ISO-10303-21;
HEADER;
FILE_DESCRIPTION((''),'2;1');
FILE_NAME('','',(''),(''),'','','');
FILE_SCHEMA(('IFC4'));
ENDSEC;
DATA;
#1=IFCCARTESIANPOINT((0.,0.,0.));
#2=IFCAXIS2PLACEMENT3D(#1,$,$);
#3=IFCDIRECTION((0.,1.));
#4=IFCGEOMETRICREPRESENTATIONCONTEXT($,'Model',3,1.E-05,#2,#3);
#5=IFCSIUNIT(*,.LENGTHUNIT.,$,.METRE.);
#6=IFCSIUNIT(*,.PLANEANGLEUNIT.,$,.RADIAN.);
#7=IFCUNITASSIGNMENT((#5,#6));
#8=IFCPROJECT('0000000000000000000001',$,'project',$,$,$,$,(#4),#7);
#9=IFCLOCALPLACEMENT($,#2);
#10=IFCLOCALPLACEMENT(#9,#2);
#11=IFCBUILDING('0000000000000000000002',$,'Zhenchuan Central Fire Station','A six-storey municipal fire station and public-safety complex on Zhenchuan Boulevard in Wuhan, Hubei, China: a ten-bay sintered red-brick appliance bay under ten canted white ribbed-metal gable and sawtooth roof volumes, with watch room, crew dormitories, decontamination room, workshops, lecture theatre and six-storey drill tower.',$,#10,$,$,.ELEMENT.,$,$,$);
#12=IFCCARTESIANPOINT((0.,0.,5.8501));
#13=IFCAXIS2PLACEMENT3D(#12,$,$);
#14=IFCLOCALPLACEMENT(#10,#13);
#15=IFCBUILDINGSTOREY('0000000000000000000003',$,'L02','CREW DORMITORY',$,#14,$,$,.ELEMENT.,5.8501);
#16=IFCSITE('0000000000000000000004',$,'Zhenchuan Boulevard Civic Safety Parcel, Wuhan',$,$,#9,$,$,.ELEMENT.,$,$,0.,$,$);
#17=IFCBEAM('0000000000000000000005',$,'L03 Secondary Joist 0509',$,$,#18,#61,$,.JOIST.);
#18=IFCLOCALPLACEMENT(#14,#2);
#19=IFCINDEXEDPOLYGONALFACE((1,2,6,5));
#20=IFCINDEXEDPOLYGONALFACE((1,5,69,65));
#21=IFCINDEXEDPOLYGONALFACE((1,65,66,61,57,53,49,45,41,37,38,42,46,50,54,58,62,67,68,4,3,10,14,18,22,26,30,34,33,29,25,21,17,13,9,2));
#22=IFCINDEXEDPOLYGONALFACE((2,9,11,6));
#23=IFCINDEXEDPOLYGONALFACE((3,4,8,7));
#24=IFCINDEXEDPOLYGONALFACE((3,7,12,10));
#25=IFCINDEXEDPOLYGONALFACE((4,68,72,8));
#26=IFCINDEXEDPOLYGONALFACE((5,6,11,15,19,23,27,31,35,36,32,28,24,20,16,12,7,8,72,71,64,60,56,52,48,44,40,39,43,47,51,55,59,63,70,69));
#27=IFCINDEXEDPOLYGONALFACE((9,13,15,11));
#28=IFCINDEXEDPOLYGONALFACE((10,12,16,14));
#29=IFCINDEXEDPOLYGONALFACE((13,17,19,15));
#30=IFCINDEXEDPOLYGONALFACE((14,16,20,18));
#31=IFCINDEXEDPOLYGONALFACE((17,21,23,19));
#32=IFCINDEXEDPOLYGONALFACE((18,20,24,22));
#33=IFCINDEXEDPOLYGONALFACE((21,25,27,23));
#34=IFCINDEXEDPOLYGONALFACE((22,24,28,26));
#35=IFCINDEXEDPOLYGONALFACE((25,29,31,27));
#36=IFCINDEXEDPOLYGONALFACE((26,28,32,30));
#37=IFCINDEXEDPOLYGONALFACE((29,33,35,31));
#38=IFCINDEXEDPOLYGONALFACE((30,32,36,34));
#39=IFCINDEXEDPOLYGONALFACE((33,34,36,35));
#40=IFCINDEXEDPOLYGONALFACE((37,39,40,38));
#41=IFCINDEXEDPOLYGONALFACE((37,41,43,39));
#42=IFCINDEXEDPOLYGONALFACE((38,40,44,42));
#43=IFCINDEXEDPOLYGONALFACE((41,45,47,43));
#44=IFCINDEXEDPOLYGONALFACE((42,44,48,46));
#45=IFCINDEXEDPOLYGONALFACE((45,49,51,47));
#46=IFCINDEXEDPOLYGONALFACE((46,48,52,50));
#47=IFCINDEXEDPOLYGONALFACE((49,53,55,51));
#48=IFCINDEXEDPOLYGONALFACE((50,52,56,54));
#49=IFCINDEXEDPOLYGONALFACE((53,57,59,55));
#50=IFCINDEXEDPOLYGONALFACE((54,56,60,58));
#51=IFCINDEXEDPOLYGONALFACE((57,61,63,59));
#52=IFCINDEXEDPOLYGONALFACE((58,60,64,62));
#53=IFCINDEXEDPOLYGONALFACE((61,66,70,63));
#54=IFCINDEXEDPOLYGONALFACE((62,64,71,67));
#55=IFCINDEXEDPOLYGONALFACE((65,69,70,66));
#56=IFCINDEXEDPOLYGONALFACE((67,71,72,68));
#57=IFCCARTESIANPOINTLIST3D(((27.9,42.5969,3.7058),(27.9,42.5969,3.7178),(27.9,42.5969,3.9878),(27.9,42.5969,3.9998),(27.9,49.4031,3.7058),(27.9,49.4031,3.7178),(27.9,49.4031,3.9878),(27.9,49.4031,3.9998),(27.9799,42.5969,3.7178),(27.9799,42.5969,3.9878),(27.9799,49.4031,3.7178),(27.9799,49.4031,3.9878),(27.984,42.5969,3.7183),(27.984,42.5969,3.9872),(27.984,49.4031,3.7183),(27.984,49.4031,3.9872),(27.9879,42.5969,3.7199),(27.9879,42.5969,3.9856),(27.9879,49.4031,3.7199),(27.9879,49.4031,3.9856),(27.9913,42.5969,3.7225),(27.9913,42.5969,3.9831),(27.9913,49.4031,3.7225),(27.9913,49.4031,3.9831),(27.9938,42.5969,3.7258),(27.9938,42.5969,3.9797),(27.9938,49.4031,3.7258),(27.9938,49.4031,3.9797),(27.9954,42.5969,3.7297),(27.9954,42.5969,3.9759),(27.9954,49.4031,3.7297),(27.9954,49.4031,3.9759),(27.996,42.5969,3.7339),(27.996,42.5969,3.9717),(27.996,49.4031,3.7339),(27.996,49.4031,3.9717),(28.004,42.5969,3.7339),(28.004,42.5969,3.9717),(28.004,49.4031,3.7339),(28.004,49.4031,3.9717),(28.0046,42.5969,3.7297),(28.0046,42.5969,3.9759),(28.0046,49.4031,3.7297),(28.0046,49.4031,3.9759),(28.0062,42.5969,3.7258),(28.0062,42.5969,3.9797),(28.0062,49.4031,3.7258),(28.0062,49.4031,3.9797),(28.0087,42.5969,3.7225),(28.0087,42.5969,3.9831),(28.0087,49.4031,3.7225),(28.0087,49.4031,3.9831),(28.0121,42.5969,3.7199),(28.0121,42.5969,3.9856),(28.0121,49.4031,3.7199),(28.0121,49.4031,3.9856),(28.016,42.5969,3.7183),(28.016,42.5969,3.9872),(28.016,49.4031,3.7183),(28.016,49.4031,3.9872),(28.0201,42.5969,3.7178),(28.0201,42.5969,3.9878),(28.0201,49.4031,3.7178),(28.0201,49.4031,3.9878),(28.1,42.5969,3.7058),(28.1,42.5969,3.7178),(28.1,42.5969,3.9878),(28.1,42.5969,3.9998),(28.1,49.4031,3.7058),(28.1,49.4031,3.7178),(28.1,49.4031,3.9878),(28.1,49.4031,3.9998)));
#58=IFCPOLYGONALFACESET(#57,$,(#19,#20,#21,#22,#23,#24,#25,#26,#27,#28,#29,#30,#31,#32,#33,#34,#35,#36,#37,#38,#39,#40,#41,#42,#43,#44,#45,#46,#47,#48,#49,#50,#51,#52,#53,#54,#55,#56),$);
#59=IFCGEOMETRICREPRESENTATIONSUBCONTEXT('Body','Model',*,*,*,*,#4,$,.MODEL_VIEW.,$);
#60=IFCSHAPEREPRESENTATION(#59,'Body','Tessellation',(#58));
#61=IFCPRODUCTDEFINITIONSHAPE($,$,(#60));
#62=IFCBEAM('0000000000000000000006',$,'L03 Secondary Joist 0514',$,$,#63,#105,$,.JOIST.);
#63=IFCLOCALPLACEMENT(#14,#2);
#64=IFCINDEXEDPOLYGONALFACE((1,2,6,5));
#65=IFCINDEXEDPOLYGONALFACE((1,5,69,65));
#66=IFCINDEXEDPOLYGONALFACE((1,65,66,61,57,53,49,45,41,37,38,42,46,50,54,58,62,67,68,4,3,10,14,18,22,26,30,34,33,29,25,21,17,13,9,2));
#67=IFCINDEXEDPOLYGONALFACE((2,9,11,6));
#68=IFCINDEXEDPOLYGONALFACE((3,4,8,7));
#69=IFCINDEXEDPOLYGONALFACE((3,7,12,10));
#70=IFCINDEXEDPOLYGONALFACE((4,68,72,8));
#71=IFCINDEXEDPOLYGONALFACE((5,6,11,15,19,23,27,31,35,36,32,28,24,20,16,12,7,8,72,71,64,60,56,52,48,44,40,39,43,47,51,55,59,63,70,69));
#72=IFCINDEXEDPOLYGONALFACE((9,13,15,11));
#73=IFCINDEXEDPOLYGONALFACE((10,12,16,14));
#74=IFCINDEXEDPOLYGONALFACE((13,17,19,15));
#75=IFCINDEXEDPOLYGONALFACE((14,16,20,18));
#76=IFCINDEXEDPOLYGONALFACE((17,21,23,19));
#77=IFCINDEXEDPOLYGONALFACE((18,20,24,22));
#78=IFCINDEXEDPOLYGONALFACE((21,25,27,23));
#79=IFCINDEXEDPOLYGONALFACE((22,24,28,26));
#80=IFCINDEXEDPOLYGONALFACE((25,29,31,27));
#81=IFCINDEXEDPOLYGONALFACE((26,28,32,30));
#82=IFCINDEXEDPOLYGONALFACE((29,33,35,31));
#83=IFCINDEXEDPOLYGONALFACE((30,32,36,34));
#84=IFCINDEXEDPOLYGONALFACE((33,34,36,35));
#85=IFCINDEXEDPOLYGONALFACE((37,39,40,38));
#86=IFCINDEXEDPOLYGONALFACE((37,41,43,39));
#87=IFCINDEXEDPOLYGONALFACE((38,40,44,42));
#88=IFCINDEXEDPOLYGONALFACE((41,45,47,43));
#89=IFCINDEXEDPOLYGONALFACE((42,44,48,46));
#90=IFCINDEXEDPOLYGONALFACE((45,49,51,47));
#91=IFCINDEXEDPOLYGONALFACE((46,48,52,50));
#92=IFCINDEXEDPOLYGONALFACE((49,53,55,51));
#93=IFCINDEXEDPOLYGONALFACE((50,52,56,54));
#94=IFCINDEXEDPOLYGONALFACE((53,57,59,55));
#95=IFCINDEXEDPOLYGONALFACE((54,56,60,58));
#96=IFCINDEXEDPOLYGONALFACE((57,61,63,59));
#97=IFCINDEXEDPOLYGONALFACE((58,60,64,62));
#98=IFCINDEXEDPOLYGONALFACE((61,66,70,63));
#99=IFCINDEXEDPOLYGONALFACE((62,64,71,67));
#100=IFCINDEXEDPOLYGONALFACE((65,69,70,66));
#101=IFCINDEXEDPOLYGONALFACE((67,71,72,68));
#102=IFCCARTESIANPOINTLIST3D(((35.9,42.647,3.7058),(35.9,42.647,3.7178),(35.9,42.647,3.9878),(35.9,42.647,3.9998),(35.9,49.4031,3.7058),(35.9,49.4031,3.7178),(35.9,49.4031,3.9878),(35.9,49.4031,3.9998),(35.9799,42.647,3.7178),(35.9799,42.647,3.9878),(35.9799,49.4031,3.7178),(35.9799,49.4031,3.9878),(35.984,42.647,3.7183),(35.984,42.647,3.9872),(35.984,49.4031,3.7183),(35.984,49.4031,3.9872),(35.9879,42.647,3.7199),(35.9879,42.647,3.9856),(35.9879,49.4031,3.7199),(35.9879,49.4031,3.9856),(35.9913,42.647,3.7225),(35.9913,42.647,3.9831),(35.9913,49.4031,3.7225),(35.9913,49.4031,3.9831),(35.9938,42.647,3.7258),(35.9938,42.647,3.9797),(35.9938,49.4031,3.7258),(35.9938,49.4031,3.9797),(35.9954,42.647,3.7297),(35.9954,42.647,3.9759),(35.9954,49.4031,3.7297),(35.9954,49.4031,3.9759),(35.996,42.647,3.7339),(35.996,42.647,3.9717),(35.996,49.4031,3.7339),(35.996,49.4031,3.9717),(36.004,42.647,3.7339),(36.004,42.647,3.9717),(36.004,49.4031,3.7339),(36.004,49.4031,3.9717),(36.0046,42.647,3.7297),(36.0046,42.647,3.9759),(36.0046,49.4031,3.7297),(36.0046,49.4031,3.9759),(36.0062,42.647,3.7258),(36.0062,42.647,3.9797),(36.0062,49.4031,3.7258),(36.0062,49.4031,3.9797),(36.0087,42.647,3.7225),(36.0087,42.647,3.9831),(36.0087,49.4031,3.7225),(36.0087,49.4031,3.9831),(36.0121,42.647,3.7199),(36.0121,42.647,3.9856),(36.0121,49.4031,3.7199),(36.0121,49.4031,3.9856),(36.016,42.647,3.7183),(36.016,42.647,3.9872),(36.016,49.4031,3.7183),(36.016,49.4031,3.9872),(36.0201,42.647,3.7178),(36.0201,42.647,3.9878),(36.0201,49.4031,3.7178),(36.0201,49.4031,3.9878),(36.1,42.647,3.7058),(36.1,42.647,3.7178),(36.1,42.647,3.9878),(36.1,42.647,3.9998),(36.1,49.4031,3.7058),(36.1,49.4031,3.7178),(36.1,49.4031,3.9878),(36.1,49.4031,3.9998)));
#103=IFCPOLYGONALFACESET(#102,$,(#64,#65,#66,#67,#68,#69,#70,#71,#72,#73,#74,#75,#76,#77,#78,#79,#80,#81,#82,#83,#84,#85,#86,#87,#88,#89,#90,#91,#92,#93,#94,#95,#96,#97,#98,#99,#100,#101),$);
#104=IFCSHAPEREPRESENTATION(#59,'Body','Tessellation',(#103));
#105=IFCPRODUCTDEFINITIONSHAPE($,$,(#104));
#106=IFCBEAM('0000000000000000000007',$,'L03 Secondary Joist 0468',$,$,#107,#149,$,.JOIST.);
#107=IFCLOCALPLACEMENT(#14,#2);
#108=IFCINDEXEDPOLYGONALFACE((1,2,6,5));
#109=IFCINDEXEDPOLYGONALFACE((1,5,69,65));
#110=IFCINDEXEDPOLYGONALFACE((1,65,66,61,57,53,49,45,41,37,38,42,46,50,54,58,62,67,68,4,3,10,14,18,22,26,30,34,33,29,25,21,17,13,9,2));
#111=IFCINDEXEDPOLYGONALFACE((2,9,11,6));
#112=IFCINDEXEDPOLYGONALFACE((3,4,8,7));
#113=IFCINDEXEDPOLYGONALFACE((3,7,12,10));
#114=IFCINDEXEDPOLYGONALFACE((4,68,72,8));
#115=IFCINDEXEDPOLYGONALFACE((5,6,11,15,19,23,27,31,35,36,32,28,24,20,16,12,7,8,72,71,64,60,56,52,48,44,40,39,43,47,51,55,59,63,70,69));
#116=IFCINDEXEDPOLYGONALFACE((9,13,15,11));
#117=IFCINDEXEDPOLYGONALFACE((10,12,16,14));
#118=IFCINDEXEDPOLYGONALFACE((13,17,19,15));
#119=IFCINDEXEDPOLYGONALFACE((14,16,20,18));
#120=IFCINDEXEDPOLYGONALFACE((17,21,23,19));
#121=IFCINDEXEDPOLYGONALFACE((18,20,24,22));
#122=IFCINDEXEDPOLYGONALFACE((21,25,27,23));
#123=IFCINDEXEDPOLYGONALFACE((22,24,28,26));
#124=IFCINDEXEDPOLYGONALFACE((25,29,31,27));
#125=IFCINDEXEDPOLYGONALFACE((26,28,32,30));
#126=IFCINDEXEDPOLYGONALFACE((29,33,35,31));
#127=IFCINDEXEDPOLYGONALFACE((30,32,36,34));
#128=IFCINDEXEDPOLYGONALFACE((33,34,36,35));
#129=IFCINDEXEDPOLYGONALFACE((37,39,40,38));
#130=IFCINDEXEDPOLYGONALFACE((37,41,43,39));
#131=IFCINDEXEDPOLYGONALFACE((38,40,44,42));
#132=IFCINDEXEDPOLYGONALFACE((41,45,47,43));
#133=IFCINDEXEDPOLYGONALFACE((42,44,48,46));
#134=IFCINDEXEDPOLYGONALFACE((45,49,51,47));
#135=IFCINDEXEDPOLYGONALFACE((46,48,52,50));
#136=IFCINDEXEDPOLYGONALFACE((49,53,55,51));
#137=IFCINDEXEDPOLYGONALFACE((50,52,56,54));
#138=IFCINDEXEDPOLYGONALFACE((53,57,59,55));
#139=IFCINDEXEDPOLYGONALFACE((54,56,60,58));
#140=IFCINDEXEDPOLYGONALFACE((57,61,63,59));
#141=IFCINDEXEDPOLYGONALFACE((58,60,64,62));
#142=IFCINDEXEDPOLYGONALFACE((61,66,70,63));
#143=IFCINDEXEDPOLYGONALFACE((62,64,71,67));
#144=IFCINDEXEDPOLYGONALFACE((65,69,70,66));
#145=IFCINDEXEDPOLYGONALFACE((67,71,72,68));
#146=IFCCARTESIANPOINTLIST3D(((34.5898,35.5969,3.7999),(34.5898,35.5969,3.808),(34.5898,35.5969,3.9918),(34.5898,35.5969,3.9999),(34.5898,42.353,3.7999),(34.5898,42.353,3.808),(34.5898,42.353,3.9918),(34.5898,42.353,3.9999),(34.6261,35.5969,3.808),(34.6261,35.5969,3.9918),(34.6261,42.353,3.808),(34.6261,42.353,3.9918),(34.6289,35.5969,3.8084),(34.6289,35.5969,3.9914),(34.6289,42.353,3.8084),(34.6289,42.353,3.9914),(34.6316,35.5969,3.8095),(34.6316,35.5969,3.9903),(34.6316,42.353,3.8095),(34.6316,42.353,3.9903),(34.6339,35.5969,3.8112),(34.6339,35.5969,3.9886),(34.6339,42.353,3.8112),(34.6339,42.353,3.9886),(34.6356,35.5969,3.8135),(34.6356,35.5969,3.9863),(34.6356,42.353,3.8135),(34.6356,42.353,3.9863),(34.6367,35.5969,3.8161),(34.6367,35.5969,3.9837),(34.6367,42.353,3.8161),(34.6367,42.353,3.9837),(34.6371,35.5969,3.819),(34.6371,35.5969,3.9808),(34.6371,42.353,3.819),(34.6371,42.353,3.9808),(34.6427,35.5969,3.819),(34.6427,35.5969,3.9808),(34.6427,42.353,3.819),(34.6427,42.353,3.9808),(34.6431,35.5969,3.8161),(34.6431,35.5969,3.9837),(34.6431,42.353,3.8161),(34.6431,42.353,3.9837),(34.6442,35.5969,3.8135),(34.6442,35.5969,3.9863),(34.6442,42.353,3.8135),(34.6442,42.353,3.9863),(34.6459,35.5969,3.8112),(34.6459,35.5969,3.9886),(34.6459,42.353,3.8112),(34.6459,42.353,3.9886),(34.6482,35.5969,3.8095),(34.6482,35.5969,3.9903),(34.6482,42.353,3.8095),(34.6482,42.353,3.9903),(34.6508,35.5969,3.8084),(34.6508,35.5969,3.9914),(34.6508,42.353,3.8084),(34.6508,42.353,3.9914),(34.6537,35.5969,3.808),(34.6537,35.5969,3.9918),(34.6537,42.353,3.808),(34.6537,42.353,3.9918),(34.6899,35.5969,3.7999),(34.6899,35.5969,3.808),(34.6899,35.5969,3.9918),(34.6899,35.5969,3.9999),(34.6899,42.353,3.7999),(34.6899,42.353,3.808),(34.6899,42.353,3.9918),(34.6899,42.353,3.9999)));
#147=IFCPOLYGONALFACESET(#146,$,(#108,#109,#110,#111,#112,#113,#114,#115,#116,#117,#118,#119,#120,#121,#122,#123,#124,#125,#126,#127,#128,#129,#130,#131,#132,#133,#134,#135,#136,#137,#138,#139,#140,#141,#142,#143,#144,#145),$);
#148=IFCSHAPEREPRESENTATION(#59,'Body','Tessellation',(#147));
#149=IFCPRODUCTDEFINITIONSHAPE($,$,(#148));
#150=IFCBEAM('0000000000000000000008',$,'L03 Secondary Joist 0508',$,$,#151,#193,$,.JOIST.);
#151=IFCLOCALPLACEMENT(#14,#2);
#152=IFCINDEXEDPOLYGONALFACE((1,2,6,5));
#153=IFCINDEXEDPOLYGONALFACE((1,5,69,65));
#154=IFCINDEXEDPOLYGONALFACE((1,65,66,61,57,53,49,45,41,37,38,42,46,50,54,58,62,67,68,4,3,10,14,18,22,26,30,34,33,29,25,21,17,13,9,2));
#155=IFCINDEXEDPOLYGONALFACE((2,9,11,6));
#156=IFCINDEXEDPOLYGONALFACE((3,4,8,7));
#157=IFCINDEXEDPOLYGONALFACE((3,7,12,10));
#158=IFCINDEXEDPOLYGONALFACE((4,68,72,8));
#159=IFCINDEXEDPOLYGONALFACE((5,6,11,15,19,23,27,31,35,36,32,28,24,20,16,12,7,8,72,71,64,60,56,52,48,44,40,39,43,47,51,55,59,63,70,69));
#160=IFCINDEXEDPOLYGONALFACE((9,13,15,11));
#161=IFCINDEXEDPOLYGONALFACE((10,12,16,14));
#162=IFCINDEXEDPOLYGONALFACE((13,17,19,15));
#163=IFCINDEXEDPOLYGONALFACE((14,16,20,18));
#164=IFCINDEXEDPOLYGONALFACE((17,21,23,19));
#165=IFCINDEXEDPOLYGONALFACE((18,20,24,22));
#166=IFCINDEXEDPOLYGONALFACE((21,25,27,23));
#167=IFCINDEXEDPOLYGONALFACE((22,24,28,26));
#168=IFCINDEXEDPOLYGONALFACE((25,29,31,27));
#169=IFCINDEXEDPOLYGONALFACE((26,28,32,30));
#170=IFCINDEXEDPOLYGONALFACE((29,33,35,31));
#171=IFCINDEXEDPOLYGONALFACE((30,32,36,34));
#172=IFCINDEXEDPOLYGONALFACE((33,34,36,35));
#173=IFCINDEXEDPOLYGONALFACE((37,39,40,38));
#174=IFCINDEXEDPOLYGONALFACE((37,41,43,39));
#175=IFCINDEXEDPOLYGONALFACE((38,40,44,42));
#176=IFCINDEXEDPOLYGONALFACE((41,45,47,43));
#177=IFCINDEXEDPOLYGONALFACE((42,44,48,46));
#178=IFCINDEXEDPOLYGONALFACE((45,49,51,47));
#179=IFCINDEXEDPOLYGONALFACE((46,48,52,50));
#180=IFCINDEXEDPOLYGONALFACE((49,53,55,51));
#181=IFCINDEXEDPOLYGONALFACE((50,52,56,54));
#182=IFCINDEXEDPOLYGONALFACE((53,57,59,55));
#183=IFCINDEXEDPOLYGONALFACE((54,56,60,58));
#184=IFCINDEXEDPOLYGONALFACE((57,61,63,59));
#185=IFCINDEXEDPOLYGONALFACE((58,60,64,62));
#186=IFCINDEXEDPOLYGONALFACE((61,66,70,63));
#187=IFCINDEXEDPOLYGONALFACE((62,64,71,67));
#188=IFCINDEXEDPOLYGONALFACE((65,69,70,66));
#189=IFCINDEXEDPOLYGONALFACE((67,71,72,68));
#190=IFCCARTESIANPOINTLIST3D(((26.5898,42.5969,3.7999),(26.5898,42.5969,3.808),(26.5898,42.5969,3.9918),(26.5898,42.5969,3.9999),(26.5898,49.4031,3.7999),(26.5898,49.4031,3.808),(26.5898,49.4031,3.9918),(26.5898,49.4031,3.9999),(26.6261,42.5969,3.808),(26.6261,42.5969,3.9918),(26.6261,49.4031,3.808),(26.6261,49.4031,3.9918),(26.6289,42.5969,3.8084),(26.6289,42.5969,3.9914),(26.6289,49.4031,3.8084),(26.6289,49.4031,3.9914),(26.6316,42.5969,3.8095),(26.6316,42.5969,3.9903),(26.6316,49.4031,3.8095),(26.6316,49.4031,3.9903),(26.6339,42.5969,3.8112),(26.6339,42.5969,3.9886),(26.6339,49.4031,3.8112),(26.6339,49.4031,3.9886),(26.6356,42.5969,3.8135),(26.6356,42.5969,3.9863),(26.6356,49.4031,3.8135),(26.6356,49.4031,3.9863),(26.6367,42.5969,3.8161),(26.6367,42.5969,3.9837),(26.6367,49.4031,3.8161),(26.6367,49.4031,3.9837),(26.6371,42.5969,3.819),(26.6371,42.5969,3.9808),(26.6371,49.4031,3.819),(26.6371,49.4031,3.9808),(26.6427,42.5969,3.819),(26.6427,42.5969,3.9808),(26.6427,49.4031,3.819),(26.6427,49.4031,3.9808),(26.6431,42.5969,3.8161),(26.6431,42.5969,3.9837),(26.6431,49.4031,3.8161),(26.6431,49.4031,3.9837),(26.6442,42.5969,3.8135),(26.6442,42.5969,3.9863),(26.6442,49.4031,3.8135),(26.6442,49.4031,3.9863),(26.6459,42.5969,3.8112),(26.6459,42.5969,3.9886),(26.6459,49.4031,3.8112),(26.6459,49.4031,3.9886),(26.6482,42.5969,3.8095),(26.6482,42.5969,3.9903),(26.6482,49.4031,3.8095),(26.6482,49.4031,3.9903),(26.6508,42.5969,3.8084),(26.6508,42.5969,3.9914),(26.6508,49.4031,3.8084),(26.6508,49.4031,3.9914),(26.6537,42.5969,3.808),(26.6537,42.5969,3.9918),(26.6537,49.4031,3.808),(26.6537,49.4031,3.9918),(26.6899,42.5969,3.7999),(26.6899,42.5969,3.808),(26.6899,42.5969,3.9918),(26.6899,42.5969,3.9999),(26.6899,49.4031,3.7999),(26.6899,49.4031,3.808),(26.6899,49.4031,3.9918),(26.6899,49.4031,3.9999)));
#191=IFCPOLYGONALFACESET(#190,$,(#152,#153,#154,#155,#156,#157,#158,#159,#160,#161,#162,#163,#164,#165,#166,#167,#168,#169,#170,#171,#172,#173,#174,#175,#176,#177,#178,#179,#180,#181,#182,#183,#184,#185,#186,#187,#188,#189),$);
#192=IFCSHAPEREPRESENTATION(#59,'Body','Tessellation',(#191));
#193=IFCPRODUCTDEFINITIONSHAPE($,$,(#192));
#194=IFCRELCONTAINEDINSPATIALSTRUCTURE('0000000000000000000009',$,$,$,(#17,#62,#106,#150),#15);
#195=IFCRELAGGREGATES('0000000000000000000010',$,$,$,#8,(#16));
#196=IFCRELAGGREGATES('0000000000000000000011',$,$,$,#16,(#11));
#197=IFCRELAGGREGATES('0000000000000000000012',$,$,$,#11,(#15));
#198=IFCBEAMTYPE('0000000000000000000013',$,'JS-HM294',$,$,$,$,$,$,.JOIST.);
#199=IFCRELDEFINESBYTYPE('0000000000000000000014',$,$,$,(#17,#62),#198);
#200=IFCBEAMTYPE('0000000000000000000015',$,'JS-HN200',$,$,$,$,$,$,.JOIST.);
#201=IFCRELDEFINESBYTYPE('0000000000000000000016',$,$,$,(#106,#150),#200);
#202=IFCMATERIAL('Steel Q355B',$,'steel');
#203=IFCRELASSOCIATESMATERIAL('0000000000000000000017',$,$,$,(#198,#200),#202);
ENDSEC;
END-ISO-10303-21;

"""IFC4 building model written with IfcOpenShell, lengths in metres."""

from ifc_helpers import new_model, si_unit, direction, frame, origin, origin_2d, place, context, subcontext, project, spatial, i_section, extrude, material, material_profile, profile_set, type_object, element, save


model = new_model("IFC4")

# Units and contexts
model_context = context("Model", 3, precision=1e-05, world=origin(), true_north=direction((0.0, 1.0)))
body_context = subcontext(model_context, "Body", "Model", "MODEL_VIEW")
ifc_project = project(units=[si_unit("LENGTHUNIT", "METRE"), si_unit("PLANEANGLEUNIT", "RADIAN")], contexts=[model_context])

# Site, building, storey
site_placement = place(None, origin())
site = spatial("IfcSite", under=ifc_project, at=site_placement, Name="Zhenchuan Boulevard Civic Safety Parcel, Wuhan", CompositionType="ELEMENT", RefElevation=0.0)
building_placement = place(site_placement, origin())
building = spatial("IfcBuilding", under=site, at=building_placement, Name="Zhenchuan Central Fire Station", Description="A six-storey municipal fire station and public-safety complex on Zhenchuan Boulevard in Wuhan, Hubei, China: a ten-bay sintered red-brick appliance bay under ten canted white ribbed-metal gable and sawtooth roof volumes, with watch room, crew dormitories, decontamination room, workshops, lecture theatre and six-storey drill tower.", CompositionType="ELEMENT")
storey_placement = place(building_placement, frame((0.0, 0.0, 5.8501)))
storey = spatial("IfcBuildingStorey", under=building, at=storey_placement, Name="L02", Description="CREW DORMITORY", CompositionType="ELEMENT", Elevation=5.8501)

# Shared definitions
ifc_material_1 = material(Name="Steel Q355B", Category="steel")

# Beams
ifc_material_profile_1 = material_profile(ifc_material_1, i_section(OverallWidth=0.2, OverallDepth=0.2939, WebThickness=0.0081, FlangeThickness=0.012, FilletRadius=0.0161, at=origin_2d()), Name="HM 294x200")
ifc_profile_set_1 = profile_set([ifc_material_profile_1], Name="Steel Q355B")
beam_type_1 = type_object("IfcBeamType", Name="JS-HM294", PredefinedType="JOIST", material=ifc_profile_set_1)
beam_1_placement = place(storey_placement, frame((28.0, 42.5969, 3.8528), z_axis=(0.0, 1.0, 0.0), x_axis=(-1.0, 0.0, 0.0)))
element("IfcBeam", 1, at=beam_1_placement, inside=storey, type_object=beam_type_1, Name="L03 Secondary Joist 0509", PredefinedType="JOIST", context=body_context, shape_type="SweptSolid", body=[
    extrude(i_section(OverallWidth=0.2, OverallDepth=0.2939, WebThickness=0.0081, FlangeThickness=0.012, FilletRadius=0.0161, at=origin_2d()), origin(), (0.0, 0.0, 1.0), 6.8062),
])
beam_2_placement = place(storey_placement, frame((36.0, 42.647, 3.8528), z_axis=(0.0, 1.0, 0.0), x_axis=(-1.0, 0.0, 0.0)))
element("IfcBeam", 2, at=beam_2_placement, inside=storey, type_object=beam_type_1, Name="L03 Secondary Joist 0514", PredefinedType="JOIST", context=body_context, shape_type="SweptSolid", body=[
    extrude(i_section(OverallWidth=0.2, OverallDepth=0.2939, WebThickness=0.0081, FlangeThickness=0.012, FilletRadius=0.0161, at=origin_2d()), origin(), (0.0, 0.0, 1.0), 6.7561),
])
ifc_material_profile_2 = material_profile(ifc_material_1, i_section(OverallWidth=0.1001, OverallDepth=0.2, WebThickness=0.0056, FlangeThickness=0.0081, FilletRadius=0.011, at=origin_2d()), Name="HN 200x100")
ifc_profile_set_2 = profile_set([ifc_material_profile_2], Name="Steel Q355B")
beam_type_2 = type_object("IfcBeamType", Name="JS-HN200", PredefinedType="JOIST", material=ifc_profile_set_2)
beam_3_placement = place(storey_placement, frame((34.6399, 35.5969, 3.8999), z_axis=(0.0, 1.0, 0.0), x_axis=(-1.0, 0.0, 0.0)))
element("IfcBeam", 3, at=beam_3_placement, inside=storey, type_object=beam_type_2, Name="L03 Secondary Joist 0468", PredefinedType="JOIST", context=body_context, shape_type="SweptSolid", body=[
    extrude(i_section(OverallWidth=0.1001, OverallDepth=0.2, WebThickness=0.0056, FlangeThickness=0.0081, FilletRadius=0.011, at=origin_2d()), origin(), (0.0, 0.0, 1.0), 6.7561),
])
beam_4_placement = place(storey_placement, frame((26.6399, 42.5969, 3.8999), z_axis=(0.0, 1.0, 0.0), x_axis=(-1.0, 0.0, 0.0)))
element("IfcBeam", 4, at=beam_4_placement, inside=storey, type_object=beam_type_2, Name="L03 Secondary Joist 0508", PredefinedType="JOIST", context=body_context, shape_type="SweptSolid", body=[
    extrude(i_section(OverallWidth=0.1001, OverallDepth=0.2, WebThickness=0.0056, FlangeThickness=0.0081, FilletRadius=0.011, at=origin_2d()), origin(), (0.0, 0.0, 1.0), 6.8062),
])

save(model, "model.ifc")
